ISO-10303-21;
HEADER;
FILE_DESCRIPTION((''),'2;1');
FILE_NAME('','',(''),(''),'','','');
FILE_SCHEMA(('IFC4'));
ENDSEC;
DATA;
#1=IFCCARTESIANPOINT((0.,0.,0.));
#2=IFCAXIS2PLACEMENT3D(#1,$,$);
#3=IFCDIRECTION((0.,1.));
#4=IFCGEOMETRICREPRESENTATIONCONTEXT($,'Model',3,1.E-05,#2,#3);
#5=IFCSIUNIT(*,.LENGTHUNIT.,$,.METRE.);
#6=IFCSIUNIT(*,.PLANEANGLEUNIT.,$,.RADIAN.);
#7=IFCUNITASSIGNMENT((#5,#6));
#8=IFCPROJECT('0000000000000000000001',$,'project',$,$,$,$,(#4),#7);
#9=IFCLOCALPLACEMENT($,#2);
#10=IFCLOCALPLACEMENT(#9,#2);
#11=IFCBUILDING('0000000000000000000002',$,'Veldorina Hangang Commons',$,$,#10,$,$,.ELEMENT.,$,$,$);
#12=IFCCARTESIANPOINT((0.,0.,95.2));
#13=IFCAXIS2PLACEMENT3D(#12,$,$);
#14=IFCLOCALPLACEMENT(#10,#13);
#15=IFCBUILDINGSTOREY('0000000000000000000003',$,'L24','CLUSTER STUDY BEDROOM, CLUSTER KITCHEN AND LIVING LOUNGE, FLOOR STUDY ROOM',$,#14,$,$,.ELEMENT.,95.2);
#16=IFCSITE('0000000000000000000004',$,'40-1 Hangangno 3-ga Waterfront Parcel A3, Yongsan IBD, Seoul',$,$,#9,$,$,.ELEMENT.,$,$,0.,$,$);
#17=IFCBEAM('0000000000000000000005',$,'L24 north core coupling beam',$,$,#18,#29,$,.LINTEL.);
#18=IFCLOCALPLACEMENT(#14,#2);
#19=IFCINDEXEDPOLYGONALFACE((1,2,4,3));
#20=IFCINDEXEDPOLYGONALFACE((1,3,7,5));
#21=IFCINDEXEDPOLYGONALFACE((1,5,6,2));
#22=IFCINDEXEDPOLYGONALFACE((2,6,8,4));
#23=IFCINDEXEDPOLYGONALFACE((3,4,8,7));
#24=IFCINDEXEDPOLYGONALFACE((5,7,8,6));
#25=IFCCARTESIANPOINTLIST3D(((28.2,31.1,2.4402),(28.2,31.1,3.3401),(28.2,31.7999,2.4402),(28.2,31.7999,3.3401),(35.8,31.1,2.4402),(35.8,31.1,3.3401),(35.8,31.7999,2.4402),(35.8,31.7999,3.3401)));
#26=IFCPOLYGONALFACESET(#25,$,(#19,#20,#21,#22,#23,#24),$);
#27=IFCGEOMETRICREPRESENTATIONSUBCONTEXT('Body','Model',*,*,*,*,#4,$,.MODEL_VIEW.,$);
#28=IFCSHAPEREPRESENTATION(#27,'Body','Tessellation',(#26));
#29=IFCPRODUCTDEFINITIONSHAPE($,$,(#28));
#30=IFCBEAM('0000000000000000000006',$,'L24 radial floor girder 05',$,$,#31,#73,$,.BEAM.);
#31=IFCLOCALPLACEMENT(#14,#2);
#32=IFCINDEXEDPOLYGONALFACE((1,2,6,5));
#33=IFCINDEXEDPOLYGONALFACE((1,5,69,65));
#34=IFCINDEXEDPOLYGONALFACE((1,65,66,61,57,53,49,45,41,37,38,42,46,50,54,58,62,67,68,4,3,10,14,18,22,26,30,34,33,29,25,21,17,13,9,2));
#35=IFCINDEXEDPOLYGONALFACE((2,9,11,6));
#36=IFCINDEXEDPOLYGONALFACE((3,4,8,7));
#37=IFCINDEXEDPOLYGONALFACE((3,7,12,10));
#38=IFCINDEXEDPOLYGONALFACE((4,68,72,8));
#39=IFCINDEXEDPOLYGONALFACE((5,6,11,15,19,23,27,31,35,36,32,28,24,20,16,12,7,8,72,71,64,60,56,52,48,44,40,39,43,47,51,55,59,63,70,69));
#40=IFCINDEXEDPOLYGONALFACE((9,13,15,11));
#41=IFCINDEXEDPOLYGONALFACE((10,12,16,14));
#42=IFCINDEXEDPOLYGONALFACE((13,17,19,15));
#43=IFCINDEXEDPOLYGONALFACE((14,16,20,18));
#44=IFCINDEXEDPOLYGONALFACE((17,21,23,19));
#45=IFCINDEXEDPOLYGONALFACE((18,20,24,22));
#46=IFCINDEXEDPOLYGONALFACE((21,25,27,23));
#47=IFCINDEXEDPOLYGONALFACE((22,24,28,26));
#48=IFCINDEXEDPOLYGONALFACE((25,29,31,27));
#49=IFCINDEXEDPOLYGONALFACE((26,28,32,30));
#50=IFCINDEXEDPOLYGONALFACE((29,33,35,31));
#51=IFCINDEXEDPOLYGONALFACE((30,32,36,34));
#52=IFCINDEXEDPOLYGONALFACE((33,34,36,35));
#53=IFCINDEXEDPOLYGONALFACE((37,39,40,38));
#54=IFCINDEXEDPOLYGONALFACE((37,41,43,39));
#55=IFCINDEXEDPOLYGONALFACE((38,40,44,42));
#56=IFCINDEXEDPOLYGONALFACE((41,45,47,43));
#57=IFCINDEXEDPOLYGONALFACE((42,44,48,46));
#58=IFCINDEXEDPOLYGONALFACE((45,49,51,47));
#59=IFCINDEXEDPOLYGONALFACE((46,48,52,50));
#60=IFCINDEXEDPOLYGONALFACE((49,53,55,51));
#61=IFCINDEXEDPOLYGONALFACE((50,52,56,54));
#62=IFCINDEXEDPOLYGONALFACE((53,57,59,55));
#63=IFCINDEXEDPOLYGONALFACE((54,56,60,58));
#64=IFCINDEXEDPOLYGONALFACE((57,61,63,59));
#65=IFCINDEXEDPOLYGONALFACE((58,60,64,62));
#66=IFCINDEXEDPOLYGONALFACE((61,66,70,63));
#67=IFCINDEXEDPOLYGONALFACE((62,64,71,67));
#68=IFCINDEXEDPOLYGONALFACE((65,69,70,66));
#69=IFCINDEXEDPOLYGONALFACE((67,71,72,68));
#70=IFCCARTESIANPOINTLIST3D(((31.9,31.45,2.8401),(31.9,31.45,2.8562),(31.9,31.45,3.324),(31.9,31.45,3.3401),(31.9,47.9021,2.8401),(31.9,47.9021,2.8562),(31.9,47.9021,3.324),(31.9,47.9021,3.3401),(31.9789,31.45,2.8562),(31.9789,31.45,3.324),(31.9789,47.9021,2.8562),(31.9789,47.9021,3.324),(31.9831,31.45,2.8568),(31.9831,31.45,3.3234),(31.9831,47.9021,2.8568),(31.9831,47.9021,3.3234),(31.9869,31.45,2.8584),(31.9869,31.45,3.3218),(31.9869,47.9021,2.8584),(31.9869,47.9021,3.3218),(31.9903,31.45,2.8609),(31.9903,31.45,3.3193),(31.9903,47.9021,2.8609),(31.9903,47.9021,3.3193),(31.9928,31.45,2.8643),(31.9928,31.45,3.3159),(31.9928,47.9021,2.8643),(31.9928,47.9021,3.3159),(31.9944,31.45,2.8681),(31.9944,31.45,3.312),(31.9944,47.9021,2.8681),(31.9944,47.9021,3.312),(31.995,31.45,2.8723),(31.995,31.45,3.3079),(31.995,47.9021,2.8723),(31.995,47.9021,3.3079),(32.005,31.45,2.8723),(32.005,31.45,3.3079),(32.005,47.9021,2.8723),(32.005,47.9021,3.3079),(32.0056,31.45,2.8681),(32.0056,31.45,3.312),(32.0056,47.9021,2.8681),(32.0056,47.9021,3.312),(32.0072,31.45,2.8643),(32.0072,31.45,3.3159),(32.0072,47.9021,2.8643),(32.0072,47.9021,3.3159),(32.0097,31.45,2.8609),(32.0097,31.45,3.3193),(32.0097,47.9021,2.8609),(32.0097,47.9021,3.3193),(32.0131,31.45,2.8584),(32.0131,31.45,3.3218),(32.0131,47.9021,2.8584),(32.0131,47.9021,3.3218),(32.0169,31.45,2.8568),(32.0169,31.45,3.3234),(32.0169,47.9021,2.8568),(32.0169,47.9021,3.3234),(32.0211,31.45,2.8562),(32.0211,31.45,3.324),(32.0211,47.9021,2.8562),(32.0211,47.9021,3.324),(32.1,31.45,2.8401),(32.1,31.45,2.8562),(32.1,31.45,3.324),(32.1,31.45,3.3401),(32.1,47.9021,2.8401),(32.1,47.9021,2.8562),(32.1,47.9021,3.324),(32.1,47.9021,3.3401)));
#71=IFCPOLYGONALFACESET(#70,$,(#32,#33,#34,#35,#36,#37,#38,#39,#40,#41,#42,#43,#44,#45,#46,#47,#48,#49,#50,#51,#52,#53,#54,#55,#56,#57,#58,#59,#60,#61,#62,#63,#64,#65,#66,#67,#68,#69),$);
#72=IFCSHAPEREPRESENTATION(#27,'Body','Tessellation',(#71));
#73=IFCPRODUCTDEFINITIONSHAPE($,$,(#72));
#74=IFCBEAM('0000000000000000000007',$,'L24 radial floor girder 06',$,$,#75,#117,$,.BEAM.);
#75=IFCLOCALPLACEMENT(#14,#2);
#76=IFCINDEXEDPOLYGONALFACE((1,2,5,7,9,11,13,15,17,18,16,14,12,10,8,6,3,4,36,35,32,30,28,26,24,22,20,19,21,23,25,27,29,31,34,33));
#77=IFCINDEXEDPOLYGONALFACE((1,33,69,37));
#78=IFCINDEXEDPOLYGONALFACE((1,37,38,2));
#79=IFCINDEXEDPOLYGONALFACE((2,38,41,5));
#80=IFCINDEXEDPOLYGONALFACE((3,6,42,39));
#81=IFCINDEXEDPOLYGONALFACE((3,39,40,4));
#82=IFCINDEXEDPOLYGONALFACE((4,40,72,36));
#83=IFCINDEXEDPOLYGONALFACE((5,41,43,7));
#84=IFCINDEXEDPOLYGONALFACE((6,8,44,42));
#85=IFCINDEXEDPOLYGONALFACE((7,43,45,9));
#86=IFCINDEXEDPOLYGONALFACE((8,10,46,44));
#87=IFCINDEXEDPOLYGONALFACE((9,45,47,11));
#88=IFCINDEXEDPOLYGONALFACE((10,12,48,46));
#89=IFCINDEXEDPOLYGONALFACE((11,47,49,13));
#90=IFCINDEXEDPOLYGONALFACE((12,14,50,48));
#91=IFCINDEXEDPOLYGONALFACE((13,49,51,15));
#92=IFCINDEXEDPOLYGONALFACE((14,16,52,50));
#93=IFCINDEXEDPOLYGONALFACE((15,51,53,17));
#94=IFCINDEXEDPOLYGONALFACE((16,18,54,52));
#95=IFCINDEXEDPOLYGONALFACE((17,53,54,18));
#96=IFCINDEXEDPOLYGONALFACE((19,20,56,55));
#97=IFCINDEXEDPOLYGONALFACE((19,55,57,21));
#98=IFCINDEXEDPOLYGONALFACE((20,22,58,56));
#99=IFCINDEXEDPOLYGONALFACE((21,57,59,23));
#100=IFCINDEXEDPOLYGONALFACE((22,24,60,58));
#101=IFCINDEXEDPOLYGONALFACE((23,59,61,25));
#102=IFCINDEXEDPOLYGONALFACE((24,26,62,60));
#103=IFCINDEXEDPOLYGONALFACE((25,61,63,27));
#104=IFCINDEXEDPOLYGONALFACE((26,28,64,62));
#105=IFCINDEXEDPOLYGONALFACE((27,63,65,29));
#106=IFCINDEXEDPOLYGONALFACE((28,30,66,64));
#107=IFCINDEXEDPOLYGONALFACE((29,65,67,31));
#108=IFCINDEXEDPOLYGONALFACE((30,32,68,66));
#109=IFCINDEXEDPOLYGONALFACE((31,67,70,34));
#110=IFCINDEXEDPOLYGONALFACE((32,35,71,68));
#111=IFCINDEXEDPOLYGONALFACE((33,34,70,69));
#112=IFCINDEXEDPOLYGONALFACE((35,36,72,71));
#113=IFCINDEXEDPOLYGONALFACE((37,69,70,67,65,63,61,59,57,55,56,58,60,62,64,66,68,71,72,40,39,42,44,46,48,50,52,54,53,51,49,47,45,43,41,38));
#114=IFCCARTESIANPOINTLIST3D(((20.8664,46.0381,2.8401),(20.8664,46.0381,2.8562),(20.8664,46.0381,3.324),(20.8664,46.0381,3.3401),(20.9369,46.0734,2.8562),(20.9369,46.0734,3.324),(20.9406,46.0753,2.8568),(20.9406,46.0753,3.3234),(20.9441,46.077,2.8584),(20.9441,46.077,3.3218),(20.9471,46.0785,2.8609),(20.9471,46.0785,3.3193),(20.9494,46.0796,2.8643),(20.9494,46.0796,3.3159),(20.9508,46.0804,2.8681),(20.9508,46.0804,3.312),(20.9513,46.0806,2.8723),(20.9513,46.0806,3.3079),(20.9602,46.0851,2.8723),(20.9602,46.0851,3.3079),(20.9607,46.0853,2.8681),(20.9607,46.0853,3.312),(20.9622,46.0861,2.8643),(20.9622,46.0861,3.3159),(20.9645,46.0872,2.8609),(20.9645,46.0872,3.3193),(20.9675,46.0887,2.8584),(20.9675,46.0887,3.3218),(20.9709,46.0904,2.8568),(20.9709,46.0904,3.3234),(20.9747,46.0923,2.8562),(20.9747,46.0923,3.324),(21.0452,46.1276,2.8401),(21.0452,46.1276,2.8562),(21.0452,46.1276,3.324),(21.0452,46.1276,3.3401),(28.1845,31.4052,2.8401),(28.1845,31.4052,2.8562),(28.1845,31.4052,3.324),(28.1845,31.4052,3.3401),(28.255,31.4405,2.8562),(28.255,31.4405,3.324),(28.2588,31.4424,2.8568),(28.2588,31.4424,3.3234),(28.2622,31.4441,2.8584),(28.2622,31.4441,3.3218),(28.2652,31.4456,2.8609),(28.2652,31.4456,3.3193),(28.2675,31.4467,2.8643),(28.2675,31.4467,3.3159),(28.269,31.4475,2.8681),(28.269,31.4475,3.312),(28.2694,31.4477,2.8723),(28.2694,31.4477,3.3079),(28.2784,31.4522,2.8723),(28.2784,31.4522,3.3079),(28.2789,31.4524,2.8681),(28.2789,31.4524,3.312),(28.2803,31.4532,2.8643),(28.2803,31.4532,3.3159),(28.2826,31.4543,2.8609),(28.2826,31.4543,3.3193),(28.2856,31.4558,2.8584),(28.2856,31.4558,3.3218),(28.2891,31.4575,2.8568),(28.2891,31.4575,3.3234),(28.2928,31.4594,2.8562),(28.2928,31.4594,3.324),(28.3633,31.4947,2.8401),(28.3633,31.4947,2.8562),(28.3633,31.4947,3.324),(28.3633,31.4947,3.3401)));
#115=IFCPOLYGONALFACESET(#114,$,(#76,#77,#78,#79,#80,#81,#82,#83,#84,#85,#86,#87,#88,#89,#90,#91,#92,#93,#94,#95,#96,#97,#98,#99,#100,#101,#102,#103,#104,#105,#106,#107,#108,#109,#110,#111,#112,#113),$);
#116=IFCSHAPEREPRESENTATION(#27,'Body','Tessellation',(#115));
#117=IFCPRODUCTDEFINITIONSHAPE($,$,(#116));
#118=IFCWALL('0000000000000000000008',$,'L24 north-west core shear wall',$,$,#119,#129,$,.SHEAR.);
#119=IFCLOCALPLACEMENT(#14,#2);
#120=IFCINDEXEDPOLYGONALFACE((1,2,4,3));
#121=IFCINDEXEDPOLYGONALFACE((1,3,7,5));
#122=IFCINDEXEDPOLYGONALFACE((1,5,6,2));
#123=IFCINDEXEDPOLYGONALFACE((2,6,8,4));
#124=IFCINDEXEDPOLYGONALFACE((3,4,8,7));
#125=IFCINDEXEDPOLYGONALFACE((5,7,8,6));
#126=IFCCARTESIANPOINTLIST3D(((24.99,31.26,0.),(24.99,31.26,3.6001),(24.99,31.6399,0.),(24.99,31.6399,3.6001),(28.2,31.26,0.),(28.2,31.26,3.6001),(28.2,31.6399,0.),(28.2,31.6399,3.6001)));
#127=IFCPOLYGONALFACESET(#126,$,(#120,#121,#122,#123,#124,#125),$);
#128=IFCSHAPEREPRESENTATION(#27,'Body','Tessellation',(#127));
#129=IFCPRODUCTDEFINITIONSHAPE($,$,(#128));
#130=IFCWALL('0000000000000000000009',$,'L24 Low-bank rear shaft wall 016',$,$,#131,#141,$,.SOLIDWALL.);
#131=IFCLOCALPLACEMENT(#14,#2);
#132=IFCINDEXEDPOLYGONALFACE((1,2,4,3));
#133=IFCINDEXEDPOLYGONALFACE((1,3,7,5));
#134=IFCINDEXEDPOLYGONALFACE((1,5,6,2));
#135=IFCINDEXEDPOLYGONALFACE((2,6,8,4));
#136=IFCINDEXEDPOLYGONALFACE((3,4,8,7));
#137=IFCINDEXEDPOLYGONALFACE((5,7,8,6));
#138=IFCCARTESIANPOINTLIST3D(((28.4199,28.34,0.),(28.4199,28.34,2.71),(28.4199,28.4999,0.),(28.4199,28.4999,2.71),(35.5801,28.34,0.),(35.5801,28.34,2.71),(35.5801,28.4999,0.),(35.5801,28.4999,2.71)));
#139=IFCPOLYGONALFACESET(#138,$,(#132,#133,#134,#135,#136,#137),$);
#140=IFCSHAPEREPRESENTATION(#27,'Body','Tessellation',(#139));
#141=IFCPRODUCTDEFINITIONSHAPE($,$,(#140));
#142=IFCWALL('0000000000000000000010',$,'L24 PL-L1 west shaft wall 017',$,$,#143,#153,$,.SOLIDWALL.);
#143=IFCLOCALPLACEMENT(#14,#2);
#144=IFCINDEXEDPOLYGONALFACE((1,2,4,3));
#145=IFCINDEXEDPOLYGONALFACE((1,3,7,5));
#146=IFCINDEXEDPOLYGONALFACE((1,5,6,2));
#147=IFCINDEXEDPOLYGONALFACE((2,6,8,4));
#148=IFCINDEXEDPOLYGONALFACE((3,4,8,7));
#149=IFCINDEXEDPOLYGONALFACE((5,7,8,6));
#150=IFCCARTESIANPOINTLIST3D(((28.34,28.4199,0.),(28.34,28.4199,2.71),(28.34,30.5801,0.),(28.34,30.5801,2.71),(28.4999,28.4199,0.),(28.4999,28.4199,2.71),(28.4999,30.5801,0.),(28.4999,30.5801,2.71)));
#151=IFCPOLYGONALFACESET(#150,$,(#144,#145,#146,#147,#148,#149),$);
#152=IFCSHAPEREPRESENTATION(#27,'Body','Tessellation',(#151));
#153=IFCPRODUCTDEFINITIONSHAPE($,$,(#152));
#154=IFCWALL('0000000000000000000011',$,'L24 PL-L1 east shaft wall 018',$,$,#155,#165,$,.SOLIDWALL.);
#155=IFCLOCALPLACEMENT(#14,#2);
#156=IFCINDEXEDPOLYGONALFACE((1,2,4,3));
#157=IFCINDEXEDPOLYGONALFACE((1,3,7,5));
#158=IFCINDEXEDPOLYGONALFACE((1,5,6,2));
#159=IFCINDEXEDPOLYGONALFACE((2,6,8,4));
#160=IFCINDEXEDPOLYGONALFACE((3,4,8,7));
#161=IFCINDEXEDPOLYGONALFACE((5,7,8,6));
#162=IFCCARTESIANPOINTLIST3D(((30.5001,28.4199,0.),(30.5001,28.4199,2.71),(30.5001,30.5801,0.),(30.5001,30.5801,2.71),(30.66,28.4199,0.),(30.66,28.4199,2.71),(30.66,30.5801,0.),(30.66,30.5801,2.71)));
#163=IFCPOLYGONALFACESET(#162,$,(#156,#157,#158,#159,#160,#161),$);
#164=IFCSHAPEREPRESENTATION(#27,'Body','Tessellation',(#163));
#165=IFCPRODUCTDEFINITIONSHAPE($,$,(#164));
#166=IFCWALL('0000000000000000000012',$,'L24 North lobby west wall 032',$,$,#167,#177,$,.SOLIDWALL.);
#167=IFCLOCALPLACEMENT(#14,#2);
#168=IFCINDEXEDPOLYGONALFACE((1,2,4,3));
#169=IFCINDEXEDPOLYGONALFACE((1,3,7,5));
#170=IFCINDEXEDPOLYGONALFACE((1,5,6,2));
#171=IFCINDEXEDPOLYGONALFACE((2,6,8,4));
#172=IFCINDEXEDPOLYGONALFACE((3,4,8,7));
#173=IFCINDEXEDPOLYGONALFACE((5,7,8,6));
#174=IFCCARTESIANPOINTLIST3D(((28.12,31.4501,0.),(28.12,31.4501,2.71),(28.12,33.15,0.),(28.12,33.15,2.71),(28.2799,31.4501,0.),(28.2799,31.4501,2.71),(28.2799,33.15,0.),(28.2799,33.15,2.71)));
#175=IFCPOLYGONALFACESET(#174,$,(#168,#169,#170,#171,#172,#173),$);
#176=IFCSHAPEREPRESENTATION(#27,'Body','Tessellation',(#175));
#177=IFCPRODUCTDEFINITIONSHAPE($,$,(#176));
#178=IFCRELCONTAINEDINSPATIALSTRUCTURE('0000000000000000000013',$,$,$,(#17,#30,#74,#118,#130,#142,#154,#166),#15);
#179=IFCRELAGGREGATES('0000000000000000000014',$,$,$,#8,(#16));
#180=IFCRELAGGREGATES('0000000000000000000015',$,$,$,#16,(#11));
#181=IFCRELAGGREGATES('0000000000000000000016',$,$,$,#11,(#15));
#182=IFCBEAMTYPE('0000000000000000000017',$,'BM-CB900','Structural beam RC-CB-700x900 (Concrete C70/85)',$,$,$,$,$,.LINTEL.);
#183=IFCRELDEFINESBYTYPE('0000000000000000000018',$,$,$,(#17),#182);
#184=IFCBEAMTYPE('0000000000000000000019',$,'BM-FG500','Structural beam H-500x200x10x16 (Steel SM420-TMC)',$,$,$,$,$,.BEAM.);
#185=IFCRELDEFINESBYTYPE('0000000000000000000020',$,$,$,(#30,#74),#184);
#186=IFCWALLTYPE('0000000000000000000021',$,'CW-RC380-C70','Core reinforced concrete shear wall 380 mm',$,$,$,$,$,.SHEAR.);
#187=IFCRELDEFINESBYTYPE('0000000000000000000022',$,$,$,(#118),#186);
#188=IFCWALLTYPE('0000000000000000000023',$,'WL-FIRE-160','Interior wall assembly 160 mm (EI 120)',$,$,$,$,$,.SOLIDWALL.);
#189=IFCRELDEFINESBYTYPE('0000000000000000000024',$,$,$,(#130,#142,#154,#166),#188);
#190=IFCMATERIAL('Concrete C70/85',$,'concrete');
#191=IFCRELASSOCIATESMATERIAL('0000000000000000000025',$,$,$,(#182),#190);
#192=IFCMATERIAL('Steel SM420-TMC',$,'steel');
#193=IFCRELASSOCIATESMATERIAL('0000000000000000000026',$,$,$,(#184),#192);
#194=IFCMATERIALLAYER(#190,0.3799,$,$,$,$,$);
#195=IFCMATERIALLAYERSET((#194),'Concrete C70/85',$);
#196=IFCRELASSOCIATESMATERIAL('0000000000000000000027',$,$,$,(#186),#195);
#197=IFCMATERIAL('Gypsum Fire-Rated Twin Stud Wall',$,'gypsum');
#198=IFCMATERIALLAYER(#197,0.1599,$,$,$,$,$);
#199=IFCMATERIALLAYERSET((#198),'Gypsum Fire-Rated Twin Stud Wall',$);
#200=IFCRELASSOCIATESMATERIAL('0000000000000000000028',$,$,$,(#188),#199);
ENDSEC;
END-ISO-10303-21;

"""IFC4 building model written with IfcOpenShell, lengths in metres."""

from ifc_helpers import new_model, si_unit, direction, frame, frame_2d, origin, origin_2d, place, context, subcontext, project, spatial, rectangle, i_section, extrude, material, layer, layer_set, material_profile, profile_set, type_object, element, save


model = new_model("IFC4")

# Units and contexts
model_context = context("Model", 3, precision=1e-05, world=origin(), true_north=direction((0.0, 1.0)))
body_context = subcontext(model_context, "Body", "Model", "MODEL_VIEW")
ifc_project = project(units=[si_unit("LENGTHUNIT", "METRE"), si_unit("PLANEANGLEUNIT", "RADIAN")], contexts=[model_context])

# Site, building, storey
site_placement = place(None, origin())
site = spatial("IfcSite", under=ifc_project, at=site_placement, Name="40-1 Hangangno 3-ga Waterfront Parcel A3, Yongsan IBD, Seoul", CompositionType="ELEMENT", RefElevation=0.0)
building_placement = place(site_placement, origin())
building = spatial("IfcBuilding", under=site, at=building_placement, Name="Veldorina Hangang Commons", CompositionType="ELEMENT")
storey_placement = place(building_placement, frame((0.0, 0.0, 95.2)))
storey = spatial("IfcBuildingStorey", under=building, at=storey_placement, Name="L24", Description="CLUSTER STUDY BEDROOM, CLUSTER KITCHEN AND LIVING LOUNGE, FLOOR STUDY ROOM", CompositionType="ELEMENT", Elevation=95.2)

# Beams
ifc_material_1 = material(Name="Concrete C70/85", Category="concrete")
ifc_material_profile_1 = material_profile(ifc_material_1, rectangle(XDim=0.7, YDim=0.8999, at=origin_2d()), Name="RC-CB-700x900")
ifc_profile_set_1 = profile_set([ifc_material_profile_1], Name="Concrete C70/85")
beam_type_1 = type_object("IfcBeamType", Name="BM-CB900", Description="Structural beam RC-CB-700x900 (Concrete C70/85)", PredefinedType="LINTEL", material=ifc_profile_set_1)
beam_1_placement = place(storey_placement, frame((28.2, 31.45, 2.8901), z_axis=(1.0, 0.0, 0.0), x_axis=(0.0, 1.0, 0.0)))
element("IfcBeam", 1, at=beam_1_placement, inside=storey, type_object=beam_type_1, Name="L24 north core coupling beam", PredefinedType="LINTEL", context=body_context, shape_type="SweptSolid", body=[
    extrude(rectangle(XDim=0.7, YDim=0.8999, at=origin_2d()), origin(), (0.0, 0.0, 1.0), 7.6001),
])
ifc_material_2 = material(Name="Steel SM420-TMC", Category="steel")
ifc_material_profile_2 = material_profile(ifc_material_2, i_section(OverallWidth=0.2, OverallDepth=0.5, WebThickness=0.01, FlangeThickness=0.0161, FilletRadius=0.0161, at=origin_2d()), Name="H-500x200x10x16")
ifc_profile_set_2 = profile_set([ifc_material_profile_2], Name="Steel SM420-TMC")
beam_type_2 = type_object("IfcBeamType", Name="BM-FG500", Description="Structural beam H-500x200x10x16 (Steel SM420-TMC)", PredefinedType="BEAM", material=ifc_profile_set_2)
beam_2_placement = place(storey_placement, frame((32.0, 31.45, 3.0901), z_axis=(0.0, 1.0, 0.0), x_axis=(-1.0, 0.0, 0.0)))
element("IfcBeam", 2, at=beam_2_placement, inside=storey, type_object=beam_type_2, Name="L24 radial floor girder 05", PredefinedType="BEAM", context=body_context, shape_type="SweptSolid", body=[
    extrude(i_section(OverallWidth=0.2, OverallDepth=0.5, WebThickness=0.01, FlangeThickness=0.0161, FilletRadius=0.0161, at=origin_2d()), origin(), (0.0, 0.0, 1.0), 16.4521),
])
beam_3_placement = place(storey_placement, frame((28.2739, 31.45, 3.0901), z_axis=(-0.447297, 0.894385, 0.0), x_axis=(-0.894385, -0.447297, 0.0)))
element("IfcBeam", 3, at=beam_3_placement, inside=storey, type_object=beam_type_2, Name="L24 radial floor girder 06", PredefinedType="BEAM", context=body_context, shape_type="SweptSolid", body=[
    extrude(i_section(OverallWidth=0.2, OverallDepth=0.5, WebThickness=0.01, FlangeThickness=0.0161, FilletRadius=0.0161, at=origin_2d()), origin(), (0.0, 0.0, 1.0), 16.3608),
])

# Wall
ifc_layer_1 = layer(ifc_material_1, 0.3799)
ifc_layer_set_1 = layer_set([ifc_layer_1], Name="Concrete C70/85")
wall_type_1 = type_object("IfcWallType", Name="CW-RC380-C70", Description="Core reinforced concrete shear wall 380 mm", PredefinedType="SHEAR", material=ifc_layer_set_1)
wall_1_placement = place(storey_placement, frame((24.99, 31.45, 0.0), z_axis=(0.0, 0.0, 1.0), x_axis=(1.0, 0.0, 0.0)))
element("IfcWall", 4, at=wall_1_placement, inside=storey, type_object=wall_type_1, Name="L24 north-west core shear wall", PredefinedType="SHEAR", context=body_context, shape_type="SweptSolid", body=[
    extrude(rectangle(XDim=3.21, YDim=0.3799, at=frame_2d((1.605, 0.0))), origin(), (0.0, 0.0, 1.0), 3.6001),
])

# Shared definitions
ifc_material_3 = material(Name="Gypsum Fire-Rated Twin Stud Wall", Category="gypsum")
ifc_layer_2 = layer(ifc_material_3, 0.1599)
ifc_layer_set_2 = layer_set([ifc_layer_2], Name="Gypsum Fire-Rated Twin Stud Wall")
wall_type_2 = type_object("IfcWallType", Name="WL-FIRE-160", Description="Interior wall assembly 160 mm (EI 120)", PredefinedType="SOLIDWALL", material=ifc_layer_set_2)

# Walls
wall_2_placement = place(storey_placement, frame((28.4199, 28.4199, 0.0), z_axis=(0.0, 0.0, 1.0), x_axis=(1.0, 0.0, 0.0)))
element("IfcWall", 5, at=wall_2_placement, inside=storey, type_object=wall_type_2, Name="L24 Low-bank rear shaft wall 016", PredefinedType="SOLIDWALL", context=body_context, shape_type="SweptSolid", body=[
    extrude(rectangle(XDim=7.1602, YDim=0.1599, at=frame_2d((3.5801, 0.0))), origin(), (0.0, 0.0, 1.0), 2.71),
])
for number, where, z_axis, x_axis, name in (
    (6, (28.4199, 28.4199, 0.0), (0.0, 0.0, 1.0), (0.0, 1.0, 0.0), "L24 PL-L1 west shaft wall 017"),
    (7, (30.5801, 28.4199, 0.0), (0.0, 0.0, 1.0), (0.0, 1.0, 0.0), "L24 PL-L1 east shaft wall 018"),
):
    element("IfcWall", number, at=place(storey_placement, frame(where, z_axis=z_axis, x_axis=x_axis)), inside=storey, type_object=wall_type_2, Name=name, PredefinedType="SOLIDWALL", context=body_context, shape_type="SweptSolid", body=[
        extrude(rectangle(XDim=2.1602, YDim=0.1599, at=frame_2d((1.0801, 0.0))), origin(), (0.0, 0.0, 1.0), 2.71),
    ])
wall_3_placement = place(storey_placement, frame((28.2, 31.45, 0.0), z_axis=(0.0, 0.0, 1.0), x_axis=(0.0, 1.0, 0.0)))
element("IfcWall", 8, at=wall_3_placement, inside=storey, type_object=wall_type_2, Name="L24 North lobby west wall 032", PredefinedType="SOLIDWALL", context=body_context, shape_type="SweptSolid", body=[
    extrude(rectangle(XDim=1.7, YDim=0.1599, at=frame_2d((0.8501, 0.0))), origin(), (0.0, 0.0, 1.0), 2.71),
])

save(model, "model.ifc")
